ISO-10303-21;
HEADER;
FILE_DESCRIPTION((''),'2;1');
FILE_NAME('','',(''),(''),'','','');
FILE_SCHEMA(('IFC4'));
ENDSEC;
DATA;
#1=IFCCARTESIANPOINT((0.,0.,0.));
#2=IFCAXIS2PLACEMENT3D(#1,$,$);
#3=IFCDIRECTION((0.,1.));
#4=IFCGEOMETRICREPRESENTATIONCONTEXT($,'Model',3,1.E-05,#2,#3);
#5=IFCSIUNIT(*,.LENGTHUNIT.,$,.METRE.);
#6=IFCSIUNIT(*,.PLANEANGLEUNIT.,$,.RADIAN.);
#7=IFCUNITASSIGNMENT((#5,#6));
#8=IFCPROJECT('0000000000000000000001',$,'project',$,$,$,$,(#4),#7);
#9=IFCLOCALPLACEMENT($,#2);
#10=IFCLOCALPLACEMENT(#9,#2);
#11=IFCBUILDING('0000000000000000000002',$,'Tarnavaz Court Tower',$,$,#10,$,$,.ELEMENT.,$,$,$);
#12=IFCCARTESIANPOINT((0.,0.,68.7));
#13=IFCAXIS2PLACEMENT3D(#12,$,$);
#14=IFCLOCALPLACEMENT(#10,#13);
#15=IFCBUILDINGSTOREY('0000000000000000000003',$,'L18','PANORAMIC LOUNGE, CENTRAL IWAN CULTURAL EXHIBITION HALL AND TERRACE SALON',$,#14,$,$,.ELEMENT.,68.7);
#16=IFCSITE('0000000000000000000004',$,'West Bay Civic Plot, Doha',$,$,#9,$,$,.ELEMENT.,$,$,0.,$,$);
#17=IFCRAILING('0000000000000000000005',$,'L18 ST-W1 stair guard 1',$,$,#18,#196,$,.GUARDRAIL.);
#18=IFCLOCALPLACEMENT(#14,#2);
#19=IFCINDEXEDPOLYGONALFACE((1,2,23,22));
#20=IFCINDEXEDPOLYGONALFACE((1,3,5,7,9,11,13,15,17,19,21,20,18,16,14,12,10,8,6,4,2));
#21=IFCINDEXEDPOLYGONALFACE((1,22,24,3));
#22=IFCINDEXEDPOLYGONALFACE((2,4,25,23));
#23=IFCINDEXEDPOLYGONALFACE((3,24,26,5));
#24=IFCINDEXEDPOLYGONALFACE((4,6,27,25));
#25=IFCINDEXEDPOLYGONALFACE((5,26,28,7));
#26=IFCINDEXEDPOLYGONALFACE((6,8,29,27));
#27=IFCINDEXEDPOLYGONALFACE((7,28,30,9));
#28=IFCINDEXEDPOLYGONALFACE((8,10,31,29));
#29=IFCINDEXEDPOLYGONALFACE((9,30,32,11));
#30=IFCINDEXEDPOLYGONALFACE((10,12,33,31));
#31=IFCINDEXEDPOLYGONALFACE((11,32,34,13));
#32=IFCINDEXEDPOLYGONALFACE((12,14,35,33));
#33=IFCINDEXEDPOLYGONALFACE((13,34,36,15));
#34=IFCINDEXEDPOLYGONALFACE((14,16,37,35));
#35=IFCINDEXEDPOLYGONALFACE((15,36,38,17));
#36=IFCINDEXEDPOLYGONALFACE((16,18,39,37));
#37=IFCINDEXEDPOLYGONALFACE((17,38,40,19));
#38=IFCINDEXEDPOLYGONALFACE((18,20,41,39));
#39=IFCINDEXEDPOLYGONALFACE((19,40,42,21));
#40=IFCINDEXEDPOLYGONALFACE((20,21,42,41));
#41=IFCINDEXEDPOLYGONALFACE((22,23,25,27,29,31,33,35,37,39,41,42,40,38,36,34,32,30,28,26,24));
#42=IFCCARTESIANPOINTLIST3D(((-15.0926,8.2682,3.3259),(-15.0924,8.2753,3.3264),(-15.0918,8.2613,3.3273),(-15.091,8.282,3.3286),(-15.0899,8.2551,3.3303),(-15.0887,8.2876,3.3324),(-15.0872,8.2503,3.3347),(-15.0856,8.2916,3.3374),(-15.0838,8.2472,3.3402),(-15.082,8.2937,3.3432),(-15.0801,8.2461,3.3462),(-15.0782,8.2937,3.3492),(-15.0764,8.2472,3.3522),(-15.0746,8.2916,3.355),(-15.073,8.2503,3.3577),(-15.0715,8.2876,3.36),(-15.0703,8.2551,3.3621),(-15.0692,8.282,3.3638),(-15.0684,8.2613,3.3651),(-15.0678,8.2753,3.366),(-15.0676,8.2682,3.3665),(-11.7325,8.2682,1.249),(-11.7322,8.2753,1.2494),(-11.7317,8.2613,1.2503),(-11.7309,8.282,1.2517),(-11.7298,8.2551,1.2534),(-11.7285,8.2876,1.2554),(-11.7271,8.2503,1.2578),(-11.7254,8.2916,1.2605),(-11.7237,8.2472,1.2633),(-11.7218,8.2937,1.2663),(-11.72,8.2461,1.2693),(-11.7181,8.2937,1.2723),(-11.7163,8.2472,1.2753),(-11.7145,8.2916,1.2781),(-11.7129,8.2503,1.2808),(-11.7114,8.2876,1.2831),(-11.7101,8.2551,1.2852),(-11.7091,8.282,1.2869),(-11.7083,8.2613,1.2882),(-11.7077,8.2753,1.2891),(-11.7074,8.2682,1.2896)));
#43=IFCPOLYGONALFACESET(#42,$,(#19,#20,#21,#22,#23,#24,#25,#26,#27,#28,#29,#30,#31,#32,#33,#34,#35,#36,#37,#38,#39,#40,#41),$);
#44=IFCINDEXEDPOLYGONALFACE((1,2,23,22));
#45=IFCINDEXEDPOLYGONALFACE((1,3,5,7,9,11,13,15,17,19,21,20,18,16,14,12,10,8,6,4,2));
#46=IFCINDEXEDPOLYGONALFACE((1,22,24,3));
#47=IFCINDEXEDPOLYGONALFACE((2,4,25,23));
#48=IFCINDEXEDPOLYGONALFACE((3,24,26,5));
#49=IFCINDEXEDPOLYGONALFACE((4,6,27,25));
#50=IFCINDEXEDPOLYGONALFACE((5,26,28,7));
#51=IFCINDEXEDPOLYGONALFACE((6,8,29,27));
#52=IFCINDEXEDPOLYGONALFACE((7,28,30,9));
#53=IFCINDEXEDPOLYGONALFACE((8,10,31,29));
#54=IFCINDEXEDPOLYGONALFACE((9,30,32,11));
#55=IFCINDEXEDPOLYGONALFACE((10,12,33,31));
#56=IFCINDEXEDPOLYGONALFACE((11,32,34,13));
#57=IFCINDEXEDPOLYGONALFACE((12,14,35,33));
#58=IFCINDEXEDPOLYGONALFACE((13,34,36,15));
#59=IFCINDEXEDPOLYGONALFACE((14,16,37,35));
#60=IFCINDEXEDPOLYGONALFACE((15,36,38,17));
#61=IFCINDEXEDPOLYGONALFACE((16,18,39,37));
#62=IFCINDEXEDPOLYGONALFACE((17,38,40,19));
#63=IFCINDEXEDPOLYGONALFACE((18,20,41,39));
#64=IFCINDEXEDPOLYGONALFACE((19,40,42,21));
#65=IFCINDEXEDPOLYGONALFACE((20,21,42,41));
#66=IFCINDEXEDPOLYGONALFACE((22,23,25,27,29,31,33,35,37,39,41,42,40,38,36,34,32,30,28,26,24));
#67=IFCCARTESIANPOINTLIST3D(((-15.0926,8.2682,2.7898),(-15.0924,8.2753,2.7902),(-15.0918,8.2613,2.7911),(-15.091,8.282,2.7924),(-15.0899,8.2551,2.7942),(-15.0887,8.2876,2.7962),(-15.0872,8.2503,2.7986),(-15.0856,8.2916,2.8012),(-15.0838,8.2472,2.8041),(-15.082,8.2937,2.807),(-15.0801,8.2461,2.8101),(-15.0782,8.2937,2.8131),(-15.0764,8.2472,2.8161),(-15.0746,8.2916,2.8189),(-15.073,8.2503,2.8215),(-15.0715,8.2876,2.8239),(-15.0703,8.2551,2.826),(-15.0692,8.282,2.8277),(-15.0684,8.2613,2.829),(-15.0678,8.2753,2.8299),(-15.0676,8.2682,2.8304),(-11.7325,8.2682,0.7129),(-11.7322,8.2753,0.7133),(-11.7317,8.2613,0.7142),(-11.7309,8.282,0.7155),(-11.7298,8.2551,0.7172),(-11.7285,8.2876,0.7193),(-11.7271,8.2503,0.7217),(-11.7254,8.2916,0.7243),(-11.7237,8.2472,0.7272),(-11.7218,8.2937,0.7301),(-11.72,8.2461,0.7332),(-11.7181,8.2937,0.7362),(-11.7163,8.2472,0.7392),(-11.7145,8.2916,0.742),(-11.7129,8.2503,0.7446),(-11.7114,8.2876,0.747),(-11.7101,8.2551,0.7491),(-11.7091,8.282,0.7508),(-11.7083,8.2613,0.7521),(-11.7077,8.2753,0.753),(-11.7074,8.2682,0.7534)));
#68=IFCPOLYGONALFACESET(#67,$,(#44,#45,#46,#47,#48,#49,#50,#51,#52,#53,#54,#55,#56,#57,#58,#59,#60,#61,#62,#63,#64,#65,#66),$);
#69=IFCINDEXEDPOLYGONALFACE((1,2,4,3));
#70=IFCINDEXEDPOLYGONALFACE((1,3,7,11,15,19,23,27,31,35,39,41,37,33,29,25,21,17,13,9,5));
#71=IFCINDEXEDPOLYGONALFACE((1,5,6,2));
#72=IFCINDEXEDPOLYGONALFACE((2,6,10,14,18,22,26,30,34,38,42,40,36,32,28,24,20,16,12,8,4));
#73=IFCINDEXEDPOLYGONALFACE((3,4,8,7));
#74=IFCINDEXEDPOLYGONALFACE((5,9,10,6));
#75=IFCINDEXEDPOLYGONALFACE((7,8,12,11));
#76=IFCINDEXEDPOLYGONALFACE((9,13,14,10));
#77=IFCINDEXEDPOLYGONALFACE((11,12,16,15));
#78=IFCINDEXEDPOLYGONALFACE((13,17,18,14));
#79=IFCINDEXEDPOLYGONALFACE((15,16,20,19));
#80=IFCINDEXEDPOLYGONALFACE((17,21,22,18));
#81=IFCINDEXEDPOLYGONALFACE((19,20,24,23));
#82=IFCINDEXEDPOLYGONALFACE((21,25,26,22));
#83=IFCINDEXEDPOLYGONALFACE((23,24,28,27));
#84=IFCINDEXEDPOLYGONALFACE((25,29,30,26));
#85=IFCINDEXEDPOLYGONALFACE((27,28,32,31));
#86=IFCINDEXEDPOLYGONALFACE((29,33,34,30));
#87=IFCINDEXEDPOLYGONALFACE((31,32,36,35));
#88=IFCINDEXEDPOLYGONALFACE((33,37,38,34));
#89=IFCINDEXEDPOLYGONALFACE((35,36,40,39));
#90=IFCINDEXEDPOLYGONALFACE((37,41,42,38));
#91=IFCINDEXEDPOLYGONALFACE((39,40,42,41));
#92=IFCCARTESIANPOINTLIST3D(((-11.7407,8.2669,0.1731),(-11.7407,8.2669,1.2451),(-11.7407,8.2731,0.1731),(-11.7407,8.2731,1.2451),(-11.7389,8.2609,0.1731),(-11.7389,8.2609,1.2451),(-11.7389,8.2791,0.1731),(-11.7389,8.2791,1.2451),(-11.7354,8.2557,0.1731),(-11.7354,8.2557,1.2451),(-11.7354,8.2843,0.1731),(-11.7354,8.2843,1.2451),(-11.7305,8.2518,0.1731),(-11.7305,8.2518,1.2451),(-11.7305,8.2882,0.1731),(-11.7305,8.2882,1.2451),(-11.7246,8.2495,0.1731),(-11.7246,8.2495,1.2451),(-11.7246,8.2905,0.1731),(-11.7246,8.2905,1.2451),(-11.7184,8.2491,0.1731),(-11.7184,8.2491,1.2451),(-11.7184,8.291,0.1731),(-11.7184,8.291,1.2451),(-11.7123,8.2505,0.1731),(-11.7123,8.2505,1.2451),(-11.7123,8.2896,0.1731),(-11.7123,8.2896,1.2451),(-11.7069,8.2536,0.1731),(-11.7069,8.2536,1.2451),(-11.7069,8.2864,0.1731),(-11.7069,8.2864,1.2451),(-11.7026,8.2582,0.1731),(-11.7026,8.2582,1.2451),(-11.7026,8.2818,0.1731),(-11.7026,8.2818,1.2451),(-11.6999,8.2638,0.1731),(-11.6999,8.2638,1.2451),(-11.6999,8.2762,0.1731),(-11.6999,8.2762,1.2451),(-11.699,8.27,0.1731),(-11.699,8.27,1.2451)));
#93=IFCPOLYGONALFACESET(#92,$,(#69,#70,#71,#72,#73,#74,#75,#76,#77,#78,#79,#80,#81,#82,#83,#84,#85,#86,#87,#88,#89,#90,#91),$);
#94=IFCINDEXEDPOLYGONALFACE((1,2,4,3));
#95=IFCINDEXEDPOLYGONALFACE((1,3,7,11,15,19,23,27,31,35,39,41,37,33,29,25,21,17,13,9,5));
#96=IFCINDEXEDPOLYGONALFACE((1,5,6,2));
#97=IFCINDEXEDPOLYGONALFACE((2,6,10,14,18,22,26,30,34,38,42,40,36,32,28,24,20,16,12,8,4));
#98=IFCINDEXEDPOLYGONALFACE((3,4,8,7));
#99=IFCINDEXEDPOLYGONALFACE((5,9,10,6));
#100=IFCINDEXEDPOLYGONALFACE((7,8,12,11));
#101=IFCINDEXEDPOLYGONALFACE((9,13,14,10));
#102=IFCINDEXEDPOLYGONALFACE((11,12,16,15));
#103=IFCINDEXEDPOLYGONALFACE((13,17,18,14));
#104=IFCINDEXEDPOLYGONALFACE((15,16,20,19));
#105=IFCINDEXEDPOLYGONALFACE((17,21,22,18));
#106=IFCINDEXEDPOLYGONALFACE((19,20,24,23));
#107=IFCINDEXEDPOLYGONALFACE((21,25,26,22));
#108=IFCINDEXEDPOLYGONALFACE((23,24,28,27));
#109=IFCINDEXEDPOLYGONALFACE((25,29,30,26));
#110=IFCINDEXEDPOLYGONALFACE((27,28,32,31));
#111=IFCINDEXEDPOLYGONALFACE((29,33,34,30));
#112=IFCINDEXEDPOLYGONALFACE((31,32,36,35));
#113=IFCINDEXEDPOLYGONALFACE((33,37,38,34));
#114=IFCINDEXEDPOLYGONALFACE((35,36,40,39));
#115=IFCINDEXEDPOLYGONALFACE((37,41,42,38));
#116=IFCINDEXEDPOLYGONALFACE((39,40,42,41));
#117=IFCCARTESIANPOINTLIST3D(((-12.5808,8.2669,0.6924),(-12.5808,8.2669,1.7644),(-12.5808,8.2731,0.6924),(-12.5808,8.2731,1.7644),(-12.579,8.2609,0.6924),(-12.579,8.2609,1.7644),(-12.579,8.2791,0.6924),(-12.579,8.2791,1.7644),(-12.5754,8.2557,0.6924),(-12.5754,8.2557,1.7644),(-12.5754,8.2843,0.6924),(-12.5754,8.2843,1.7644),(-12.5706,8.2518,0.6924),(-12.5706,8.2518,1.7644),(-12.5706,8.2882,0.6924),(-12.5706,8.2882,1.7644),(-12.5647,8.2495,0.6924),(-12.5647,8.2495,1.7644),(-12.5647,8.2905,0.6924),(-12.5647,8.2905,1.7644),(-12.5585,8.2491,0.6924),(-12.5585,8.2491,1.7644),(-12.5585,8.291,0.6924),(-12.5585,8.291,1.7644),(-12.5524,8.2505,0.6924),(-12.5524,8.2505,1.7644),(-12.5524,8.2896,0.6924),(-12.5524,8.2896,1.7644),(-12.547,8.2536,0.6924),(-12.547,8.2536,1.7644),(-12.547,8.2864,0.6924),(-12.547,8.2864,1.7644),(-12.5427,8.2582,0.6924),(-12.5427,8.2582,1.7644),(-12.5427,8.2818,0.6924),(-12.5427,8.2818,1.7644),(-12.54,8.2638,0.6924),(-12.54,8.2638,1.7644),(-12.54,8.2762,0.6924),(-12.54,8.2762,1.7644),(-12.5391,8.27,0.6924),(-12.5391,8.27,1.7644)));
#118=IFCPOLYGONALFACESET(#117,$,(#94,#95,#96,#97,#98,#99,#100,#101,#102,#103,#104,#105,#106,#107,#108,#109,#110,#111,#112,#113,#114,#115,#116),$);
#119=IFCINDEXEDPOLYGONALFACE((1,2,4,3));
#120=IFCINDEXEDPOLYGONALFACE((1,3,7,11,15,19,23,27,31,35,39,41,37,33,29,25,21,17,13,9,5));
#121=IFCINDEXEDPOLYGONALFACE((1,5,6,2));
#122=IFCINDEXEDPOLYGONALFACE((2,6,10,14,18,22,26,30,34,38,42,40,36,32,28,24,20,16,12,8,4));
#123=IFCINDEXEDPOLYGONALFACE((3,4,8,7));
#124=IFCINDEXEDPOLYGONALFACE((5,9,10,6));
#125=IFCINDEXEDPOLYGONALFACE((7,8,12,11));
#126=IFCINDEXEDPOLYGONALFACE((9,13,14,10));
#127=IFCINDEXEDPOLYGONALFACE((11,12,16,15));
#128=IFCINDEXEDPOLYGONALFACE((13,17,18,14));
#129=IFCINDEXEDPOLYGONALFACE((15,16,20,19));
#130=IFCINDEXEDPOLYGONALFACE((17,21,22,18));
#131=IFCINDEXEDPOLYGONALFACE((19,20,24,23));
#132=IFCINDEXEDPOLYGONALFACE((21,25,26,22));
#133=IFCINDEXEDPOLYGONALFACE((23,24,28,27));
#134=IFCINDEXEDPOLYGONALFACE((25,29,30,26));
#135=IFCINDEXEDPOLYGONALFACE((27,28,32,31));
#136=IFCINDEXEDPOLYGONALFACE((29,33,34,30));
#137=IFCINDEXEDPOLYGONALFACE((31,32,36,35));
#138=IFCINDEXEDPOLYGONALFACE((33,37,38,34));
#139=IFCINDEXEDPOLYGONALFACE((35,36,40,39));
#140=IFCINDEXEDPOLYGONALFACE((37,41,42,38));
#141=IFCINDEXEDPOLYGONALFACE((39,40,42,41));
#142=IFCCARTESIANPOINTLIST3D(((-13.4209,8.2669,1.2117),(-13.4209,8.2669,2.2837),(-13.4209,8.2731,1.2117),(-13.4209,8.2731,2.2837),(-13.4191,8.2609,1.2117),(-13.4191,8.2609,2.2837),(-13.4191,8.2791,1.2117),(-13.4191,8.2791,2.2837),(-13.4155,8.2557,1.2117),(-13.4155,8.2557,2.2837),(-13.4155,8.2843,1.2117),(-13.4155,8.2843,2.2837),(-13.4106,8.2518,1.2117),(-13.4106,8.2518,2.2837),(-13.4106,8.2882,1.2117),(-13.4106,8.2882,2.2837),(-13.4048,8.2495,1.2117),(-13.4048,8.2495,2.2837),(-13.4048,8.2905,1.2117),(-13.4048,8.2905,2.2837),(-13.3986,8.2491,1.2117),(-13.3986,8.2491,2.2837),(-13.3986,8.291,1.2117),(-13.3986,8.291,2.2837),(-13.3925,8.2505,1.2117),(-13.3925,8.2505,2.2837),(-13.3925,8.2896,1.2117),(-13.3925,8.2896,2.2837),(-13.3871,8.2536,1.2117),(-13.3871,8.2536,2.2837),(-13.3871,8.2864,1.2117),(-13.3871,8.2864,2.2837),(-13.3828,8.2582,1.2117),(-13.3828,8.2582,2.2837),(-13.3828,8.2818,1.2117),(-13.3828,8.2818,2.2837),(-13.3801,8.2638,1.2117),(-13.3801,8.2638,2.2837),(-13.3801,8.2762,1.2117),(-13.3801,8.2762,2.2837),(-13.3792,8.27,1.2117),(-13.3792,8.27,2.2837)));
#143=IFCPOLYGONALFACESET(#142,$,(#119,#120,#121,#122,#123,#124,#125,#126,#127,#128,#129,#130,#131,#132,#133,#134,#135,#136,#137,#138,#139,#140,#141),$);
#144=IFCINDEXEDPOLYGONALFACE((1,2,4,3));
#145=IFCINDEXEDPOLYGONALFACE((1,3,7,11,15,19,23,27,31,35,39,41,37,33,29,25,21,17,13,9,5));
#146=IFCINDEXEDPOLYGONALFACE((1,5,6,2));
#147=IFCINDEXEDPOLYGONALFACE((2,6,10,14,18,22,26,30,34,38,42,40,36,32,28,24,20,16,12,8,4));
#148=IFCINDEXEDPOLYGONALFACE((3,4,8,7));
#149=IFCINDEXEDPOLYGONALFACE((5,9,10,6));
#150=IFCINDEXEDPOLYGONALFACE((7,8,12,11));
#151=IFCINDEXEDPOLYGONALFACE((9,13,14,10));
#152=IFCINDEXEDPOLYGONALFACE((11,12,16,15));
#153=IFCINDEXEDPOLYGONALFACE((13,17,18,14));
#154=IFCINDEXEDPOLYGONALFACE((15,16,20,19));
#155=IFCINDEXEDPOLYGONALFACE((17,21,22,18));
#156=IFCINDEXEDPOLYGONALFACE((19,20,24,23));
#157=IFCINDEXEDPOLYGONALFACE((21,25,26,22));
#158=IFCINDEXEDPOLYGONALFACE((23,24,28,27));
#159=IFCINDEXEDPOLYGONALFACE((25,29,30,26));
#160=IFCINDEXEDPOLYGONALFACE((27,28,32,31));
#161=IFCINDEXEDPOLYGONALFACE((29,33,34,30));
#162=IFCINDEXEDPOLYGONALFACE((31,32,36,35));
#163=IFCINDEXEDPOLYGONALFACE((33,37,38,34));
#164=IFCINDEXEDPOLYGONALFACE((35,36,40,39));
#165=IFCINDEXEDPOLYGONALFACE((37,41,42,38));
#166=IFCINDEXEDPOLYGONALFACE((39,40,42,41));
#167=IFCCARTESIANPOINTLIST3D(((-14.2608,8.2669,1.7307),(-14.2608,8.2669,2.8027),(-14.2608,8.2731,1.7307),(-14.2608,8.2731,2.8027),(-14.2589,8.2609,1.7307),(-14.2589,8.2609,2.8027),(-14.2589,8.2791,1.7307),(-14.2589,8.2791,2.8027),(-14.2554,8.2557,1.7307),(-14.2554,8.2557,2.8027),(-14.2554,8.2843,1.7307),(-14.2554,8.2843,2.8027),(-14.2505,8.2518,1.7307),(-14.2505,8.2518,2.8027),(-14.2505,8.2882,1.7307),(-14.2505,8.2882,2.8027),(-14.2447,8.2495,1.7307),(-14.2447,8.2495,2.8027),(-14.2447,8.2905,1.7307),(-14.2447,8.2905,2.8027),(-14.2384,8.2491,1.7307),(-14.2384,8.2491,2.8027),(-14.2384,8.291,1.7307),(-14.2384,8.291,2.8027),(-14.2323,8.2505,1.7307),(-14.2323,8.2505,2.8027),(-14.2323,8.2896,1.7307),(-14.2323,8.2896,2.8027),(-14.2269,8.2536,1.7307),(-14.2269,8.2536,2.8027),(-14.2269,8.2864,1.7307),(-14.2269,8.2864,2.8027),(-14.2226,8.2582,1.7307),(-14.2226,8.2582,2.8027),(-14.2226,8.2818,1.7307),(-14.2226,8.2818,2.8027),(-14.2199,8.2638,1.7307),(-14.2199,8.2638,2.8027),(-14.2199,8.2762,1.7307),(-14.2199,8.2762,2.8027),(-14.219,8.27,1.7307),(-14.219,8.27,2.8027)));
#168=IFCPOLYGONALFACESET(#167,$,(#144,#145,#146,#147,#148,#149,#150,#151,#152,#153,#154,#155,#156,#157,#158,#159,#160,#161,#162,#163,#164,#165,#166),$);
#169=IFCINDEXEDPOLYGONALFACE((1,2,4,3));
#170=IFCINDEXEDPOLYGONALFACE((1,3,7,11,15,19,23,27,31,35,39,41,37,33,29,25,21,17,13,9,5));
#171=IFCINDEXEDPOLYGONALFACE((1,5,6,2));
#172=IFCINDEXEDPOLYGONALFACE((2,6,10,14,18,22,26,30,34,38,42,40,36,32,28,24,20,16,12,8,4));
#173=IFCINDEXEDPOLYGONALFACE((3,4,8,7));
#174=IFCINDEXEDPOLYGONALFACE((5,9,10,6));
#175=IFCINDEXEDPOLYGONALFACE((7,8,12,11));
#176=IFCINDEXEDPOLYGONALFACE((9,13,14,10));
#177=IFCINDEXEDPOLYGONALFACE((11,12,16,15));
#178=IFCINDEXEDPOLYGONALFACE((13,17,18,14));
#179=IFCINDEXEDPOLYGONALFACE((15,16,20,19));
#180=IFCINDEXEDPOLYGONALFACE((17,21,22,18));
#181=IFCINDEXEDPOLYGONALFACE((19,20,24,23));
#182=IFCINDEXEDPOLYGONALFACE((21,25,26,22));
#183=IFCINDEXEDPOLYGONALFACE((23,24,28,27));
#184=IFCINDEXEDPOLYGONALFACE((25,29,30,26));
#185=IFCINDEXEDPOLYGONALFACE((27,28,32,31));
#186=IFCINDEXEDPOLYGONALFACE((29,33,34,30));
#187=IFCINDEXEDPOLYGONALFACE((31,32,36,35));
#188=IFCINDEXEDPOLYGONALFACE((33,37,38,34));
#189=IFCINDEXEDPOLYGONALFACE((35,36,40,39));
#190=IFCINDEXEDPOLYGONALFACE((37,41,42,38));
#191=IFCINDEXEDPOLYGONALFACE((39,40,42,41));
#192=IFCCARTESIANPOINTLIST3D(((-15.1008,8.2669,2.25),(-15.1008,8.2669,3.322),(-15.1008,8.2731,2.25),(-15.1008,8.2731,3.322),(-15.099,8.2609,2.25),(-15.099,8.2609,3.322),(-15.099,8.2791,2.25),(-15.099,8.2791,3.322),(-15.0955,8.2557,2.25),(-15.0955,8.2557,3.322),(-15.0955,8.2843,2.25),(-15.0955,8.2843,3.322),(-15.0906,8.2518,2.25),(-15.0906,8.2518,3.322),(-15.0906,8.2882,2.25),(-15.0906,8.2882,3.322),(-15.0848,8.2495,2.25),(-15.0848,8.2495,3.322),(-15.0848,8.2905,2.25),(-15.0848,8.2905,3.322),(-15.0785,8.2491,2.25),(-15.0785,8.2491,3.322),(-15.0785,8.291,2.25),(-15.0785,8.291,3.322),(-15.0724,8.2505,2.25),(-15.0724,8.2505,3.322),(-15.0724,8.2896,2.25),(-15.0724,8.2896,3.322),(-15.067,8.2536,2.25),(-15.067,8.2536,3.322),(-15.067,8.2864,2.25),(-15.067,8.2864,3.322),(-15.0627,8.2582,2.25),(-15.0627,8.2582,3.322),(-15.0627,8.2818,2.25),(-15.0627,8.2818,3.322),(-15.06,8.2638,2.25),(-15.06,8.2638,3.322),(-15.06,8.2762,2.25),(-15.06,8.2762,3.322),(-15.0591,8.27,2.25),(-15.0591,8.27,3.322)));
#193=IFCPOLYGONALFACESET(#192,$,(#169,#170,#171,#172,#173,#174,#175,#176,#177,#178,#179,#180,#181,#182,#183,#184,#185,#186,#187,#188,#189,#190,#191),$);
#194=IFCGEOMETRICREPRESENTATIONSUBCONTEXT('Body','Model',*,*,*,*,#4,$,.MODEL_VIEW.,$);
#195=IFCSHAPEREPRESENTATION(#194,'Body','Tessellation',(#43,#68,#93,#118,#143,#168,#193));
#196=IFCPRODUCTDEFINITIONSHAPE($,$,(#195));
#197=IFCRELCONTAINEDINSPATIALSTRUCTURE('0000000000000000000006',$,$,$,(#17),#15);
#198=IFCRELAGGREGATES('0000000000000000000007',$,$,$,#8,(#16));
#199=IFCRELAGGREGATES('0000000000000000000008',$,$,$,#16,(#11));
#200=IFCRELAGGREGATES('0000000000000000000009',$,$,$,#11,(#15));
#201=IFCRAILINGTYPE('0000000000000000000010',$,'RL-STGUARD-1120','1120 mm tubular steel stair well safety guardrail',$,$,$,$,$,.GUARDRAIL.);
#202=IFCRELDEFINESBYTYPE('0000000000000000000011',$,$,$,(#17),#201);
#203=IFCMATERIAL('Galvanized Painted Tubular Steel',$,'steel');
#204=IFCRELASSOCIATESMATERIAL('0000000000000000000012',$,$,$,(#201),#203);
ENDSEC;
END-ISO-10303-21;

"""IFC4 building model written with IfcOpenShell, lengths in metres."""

from ifc_helpers import new_model, si_unit, direction, frame, origin, origin_2d, place, context, subcontext, project, spatial, circle, extrude, material, type_object, element, save


model = new_model("IFC4")

# Units and contexts
model_context = context("Model", 3, precision=1e-05, world=origin(), true_north=direction((0.0, 1.0)))
body_context = subcontext(model_context, "Body", "Model", "MODEL_VIEW")
ifc_project = project(units=[si_unit("LENGTHUNIT", "METRE"), si_unit("PLANEANGLEUNIT", "RADIAN")], contexts=[model_context])

# Site, building, storey
site_placement = place(None, origin())
site = spatial("IfcSite", under=ifc_project, at=site_placement, Name="West Bay Civic Plot, Doha", CompositionType="ELEMENT", RefElevation=0.0)
building_placement = place(site_placement, origin())
building = spatial("IfcBuilding", under=site, at=building_placement, Name="Tarnavaz Court Tower", CompositionType="ELEMENT")
storey_placement = place(building_placement, frame((0.0, 0.0, 68.7)))
storey = spatial("IfcBuildingStorey", under=building, at=storey_placement, Name="L18", Description="PANORAMIC LOUNGE, CENTRAL IWAN CULTURAL EXHIBITION HALL AND TERRACE SALON", CompositionType="ELEMENT", Elevation=68.7)

# Railing
ifc_material_1 = material(Name="Galvanized Painted Tubular Steel", Category="steel")
railing_type_1 = type_object("IfcRailingType", Name="RL-STGUARD-1120", Description="1120 mm tubular steel stair well safety guardrail", PredefinedType="GUARDRAIL", material=ifc_material_1)
railing_1_placement = place(storey_placement, frame((-11.72, 8.27, 0.1731)))
element("IfcRailing", 1, at=railing_1_placement, inside=storey, type_object=railing_type_1, Name="L18 ST-W1 stair guard 1", PredefinedType="GUARDRAIL", context=body_context, shape_type="SweptSolid", body=[
    extrude(circle(Radius=0.0239, at=origin_2d()), frame((0.0, 0.0, 1.0962), z_axis=(-0.850623, 0.0, 0.525776), x_axis=(0.0, -1.0, 0.0)), (0.0, 0.0, 1.0), 3.9502),
    extrude(circle(Radius=0.0239, at=origin_2d()), frame((0.0, 0.0, 0.5601), z_axis=(-0.850623, 0.0, 0.525776), x_axis=(0.0, -1.0, 0.0)), (0.0, 0.0, 1.0), 3.9502),
    extrude(circle(Radius=0.021, at=origin_2d()), origin(), (0.0, 0.0, 1.0), 1.072),
    extrude(circle(Radius=0.021, at=origin_2d()), frame((-0.8401, 0.0, 0.5193)), (0.0, 0.0, 1.0), 1.072),
    extrude(circle(Radius=0.021, at=origin_2d()), frame((-1.6802, 0.0, 1.0386)), (0.0, 0.0, 1.0), 1.072),
    extrude(circle(Radius=0.021, at=origin_2d()), frame((-2.52, 0.0, 1.5576)), (0.0, 0.0, 1.0), 1.072),
    extrude(circle(Radius=0.021, at=origin_2d()), frame((-3.3601, 0.0, 2.0769)), (0.0, 0.0, 1.0), 1.072),
])

save(model, "model.ifc")
